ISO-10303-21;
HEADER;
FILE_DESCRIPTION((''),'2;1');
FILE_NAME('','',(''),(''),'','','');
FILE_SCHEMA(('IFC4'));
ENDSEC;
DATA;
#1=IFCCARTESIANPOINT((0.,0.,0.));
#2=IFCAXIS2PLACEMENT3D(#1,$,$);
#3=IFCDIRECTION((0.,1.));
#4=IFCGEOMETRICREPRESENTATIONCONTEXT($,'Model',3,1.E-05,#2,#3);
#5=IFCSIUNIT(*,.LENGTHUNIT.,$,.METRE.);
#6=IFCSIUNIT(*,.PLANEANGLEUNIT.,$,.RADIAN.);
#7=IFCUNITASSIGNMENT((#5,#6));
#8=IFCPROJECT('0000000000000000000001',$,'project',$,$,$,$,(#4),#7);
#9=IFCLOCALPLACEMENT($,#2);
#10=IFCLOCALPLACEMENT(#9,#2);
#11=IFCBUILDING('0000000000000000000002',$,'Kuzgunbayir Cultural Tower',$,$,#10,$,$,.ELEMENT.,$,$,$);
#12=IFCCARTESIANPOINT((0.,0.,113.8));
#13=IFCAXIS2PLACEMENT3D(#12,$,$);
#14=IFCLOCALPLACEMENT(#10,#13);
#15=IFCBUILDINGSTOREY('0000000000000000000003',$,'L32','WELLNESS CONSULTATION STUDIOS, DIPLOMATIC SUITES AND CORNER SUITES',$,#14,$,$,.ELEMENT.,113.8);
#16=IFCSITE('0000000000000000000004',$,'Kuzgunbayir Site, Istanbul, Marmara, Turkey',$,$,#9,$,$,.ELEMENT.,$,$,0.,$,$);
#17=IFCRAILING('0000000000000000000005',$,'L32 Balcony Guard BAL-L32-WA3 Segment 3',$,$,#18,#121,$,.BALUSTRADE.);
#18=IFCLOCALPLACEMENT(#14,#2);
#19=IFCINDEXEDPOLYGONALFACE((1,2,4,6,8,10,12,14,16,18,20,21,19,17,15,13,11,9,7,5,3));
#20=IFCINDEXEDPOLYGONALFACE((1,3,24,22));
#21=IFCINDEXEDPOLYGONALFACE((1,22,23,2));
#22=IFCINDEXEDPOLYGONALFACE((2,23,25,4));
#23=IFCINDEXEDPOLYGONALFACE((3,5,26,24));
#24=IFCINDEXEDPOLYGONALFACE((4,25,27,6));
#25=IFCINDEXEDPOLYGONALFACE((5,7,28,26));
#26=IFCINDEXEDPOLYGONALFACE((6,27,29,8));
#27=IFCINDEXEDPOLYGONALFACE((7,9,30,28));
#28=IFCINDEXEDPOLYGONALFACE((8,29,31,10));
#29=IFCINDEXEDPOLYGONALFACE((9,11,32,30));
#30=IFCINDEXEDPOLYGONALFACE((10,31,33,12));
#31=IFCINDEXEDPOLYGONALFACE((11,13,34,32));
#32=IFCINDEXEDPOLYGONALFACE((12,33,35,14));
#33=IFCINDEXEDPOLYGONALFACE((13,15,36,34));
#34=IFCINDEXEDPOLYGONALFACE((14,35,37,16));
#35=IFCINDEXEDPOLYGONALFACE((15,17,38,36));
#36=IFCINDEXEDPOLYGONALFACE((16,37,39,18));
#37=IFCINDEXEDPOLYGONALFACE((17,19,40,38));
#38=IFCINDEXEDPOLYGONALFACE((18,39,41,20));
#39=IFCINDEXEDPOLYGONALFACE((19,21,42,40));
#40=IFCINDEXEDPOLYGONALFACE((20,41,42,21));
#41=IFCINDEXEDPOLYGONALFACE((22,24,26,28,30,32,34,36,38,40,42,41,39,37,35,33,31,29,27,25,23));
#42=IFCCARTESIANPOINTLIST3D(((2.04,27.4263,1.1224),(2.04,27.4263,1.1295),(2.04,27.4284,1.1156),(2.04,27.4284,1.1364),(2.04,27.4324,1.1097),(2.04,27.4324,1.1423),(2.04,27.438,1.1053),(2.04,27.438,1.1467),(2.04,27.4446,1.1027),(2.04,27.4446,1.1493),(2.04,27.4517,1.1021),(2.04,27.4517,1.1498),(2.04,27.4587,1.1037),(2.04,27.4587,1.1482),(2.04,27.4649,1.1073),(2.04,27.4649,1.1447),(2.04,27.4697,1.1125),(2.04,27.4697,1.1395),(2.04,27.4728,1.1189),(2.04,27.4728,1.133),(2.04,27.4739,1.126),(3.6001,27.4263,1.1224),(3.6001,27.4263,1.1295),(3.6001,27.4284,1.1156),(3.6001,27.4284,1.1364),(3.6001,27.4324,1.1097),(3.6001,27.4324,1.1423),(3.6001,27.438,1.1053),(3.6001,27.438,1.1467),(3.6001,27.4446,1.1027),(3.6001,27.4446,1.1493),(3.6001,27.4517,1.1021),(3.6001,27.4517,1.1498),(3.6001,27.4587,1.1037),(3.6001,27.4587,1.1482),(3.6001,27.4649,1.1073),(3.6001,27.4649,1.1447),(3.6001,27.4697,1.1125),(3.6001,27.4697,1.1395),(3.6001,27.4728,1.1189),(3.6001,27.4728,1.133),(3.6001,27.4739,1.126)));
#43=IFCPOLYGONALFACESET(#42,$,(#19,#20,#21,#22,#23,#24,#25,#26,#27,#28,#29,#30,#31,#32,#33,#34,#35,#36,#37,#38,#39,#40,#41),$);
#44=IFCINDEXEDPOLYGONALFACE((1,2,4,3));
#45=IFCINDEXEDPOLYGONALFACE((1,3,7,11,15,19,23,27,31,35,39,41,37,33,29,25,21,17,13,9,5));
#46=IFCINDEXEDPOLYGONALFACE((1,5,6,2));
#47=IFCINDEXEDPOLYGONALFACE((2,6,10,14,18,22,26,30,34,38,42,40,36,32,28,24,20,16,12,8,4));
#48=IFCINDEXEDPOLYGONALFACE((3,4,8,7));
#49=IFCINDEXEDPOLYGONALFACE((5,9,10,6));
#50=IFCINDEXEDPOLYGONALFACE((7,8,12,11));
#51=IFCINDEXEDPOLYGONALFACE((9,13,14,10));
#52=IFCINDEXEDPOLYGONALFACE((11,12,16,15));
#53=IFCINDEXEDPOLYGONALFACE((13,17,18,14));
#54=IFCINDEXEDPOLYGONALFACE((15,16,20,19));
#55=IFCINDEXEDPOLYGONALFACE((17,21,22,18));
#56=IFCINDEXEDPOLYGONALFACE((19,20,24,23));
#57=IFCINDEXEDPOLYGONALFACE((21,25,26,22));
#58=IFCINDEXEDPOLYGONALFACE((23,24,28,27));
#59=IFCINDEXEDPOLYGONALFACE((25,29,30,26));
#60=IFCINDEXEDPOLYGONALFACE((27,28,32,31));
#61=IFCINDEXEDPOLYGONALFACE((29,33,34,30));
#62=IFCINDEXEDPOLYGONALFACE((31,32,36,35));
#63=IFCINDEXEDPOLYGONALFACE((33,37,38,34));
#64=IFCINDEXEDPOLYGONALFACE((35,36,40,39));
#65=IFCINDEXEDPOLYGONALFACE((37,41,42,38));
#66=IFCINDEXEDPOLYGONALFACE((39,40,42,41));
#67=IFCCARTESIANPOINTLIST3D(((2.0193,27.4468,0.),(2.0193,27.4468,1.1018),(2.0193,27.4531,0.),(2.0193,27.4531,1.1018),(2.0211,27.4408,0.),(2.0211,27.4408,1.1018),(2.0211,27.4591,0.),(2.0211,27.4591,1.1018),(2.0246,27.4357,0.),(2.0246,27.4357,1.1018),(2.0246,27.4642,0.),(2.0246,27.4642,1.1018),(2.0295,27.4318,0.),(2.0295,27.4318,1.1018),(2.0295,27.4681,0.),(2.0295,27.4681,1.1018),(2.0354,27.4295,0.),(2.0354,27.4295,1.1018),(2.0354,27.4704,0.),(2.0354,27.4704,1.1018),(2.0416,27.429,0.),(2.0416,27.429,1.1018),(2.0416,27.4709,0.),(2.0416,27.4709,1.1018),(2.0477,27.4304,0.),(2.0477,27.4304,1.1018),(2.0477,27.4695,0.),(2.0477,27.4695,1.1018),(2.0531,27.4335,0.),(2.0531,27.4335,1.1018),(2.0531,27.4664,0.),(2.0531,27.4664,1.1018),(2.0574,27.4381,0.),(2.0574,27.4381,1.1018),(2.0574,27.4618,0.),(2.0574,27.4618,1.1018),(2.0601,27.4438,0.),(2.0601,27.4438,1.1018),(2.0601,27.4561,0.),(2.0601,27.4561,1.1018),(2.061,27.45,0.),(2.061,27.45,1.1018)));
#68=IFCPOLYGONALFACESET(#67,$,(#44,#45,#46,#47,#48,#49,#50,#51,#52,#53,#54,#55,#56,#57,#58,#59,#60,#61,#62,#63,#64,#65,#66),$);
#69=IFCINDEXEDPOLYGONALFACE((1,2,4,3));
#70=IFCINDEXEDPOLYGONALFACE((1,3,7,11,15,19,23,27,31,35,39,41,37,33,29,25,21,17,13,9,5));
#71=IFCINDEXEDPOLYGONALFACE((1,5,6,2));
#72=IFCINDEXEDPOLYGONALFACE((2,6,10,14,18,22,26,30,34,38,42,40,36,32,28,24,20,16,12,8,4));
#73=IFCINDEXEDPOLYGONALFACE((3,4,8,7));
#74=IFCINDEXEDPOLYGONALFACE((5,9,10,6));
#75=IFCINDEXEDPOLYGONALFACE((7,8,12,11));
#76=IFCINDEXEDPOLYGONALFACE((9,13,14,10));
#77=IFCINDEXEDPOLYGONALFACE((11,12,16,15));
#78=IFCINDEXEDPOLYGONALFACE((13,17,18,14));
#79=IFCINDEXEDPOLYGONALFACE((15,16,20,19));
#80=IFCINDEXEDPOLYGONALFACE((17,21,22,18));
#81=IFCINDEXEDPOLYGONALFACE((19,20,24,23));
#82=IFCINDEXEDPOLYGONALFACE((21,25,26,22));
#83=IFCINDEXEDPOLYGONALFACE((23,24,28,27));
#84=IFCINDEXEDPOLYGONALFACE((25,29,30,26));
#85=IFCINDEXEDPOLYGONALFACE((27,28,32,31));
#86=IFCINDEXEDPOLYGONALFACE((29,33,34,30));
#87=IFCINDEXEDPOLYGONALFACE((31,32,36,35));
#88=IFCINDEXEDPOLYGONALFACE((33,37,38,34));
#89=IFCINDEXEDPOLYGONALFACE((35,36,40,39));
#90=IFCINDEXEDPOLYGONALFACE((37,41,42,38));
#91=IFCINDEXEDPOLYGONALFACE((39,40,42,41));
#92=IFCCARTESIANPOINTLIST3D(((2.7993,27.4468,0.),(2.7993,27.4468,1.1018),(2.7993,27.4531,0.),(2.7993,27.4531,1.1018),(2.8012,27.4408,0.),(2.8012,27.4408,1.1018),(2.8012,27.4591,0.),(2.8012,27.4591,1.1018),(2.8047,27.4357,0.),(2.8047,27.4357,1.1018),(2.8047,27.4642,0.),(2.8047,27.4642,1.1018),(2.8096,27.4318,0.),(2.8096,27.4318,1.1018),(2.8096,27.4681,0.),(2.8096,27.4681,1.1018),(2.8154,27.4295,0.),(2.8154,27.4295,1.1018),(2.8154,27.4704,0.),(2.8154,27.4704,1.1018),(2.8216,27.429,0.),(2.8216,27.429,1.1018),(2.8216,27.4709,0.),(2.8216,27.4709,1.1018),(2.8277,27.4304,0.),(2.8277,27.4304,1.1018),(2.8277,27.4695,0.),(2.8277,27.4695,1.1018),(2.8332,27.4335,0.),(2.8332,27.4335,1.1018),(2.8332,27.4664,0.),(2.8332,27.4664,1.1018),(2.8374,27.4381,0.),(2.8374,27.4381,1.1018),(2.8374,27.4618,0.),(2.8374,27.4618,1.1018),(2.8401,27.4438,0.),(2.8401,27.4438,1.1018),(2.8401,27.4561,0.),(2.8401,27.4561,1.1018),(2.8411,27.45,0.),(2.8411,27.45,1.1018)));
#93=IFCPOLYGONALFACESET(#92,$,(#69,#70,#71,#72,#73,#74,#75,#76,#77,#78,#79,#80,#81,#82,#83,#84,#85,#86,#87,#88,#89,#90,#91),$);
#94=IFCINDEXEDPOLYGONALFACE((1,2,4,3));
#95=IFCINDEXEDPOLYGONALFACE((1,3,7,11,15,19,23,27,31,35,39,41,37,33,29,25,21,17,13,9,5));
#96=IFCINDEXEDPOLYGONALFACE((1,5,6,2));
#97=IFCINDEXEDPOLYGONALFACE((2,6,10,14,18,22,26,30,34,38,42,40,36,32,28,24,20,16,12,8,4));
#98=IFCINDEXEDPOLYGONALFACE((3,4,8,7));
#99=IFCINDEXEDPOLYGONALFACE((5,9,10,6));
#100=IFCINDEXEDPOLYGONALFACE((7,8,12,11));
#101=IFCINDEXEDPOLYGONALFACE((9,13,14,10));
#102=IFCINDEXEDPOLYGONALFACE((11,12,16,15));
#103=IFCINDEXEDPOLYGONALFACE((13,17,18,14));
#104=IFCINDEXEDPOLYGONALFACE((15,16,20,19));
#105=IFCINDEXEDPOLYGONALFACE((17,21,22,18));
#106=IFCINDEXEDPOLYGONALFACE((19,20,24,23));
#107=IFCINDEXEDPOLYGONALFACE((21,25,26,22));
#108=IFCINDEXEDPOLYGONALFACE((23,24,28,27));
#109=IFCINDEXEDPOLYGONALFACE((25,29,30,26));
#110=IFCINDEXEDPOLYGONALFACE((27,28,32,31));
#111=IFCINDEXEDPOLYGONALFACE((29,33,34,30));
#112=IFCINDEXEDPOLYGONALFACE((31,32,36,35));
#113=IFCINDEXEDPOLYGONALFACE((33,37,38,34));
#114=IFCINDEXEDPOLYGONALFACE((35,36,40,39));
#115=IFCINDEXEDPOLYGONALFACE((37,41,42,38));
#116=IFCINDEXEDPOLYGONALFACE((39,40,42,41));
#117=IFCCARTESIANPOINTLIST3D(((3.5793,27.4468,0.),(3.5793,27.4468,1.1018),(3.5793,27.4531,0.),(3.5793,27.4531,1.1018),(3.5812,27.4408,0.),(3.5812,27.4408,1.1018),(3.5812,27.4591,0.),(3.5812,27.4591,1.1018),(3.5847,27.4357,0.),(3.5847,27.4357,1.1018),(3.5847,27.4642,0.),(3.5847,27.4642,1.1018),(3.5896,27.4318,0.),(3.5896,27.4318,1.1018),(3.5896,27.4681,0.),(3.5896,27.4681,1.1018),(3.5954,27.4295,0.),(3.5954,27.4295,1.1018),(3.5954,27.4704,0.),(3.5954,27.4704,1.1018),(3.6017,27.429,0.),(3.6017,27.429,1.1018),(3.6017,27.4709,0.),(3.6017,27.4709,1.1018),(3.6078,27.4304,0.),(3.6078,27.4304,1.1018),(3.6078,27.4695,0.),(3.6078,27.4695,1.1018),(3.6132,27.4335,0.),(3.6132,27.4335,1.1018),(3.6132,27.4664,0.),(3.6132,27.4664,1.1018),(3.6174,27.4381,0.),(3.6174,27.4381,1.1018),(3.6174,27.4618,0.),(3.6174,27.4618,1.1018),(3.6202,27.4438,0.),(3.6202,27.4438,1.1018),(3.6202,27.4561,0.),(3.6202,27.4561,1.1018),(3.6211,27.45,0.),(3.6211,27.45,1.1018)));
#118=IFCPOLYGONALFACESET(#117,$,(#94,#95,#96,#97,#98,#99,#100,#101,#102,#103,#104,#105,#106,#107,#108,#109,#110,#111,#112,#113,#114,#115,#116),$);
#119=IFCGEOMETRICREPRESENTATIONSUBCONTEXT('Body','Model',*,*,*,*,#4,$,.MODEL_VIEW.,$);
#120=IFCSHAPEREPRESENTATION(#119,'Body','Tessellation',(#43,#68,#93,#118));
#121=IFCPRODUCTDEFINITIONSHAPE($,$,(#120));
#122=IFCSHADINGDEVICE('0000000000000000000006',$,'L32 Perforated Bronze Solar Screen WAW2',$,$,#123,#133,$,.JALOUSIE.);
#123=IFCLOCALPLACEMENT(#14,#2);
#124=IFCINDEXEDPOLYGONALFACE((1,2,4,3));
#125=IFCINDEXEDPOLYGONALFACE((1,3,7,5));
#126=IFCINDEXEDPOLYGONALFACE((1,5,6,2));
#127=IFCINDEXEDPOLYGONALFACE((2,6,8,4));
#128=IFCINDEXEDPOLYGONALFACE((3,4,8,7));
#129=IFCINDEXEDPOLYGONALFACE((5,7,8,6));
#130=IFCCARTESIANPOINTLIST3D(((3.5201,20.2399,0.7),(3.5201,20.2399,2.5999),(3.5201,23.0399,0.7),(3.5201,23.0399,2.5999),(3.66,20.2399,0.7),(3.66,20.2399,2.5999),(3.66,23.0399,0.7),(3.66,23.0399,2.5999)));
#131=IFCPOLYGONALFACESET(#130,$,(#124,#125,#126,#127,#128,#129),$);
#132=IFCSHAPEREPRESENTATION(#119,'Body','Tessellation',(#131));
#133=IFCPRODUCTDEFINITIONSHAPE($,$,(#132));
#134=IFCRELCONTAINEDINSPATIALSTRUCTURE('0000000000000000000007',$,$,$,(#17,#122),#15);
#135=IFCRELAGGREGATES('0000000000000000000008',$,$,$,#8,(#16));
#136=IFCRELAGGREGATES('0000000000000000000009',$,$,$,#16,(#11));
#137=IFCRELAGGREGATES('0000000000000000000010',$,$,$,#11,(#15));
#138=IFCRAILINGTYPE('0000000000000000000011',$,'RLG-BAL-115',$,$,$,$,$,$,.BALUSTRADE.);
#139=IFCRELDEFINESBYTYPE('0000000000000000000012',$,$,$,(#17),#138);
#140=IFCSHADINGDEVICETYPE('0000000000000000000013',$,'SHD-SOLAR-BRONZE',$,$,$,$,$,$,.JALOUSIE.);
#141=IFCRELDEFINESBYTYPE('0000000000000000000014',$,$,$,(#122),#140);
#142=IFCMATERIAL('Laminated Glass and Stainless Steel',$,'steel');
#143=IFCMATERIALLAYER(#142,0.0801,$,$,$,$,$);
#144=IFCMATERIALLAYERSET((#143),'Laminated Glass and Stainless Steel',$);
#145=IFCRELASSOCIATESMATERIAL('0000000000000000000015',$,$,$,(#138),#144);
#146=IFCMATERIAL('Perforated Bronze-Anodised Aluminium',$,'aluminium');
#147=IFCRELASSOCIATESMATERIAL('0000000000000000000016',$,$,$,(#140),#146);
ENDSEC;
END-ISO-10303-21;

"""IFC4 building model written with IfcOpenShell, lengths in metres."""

from ifc_helpers import new_model, si_unit, direction, frame, origin, origin_2d, place, context, subcontext, project, spatial, rectangle, circle, extrude, material, layer, layer_set, type_object, element, save


model = new_model("IFC4")

# Units and contexts
model_context = context("Model", 3, precision=1e-05, world=origin(), true_north=direction((0.0, 1.0)))
body_context = subcontext(model_context, "Body", "Model", "MODEL_VIEW")
ifc_project = project(units=[si_unit("LENGTHUNIT", "METRE"), si_unit("PLANEANGLEUNIT", "RADIAN")], contexts=[model_context])

# Site, building, storey
site_placement = place(None, origin())
site = spatial("IfcSite", under=ifc_project, at=site_placement, Name="Kuzgunbayir Site, Istanbul, Marmara, Turkey", CompositionType="ELEMENT", RefElevation=0.0)
building_placement = place(site_placement, origin())
building = spatial("IfcBuilding", under=site, at=building_placement, Name="Kuzgunbayir Cultural Tower", CompositionType="ELEMENT")
storey_placement = place(building_placement, frame((0.0, 0.0, 113.8)))
storey = spatial("IfcBuildingStorey", under=building, at=storey_placement, Name="L32", Description="WELLNESS CONSULTATION STUDIOS, DIPLOMATIC SUITES AND CORNER SUITES", CompositionType="ELEMENT", Elevation=113.8)

# Railing
ifc_material_1 = material(Name="Laminated Glass and Stainless Steel", Category="steel")
ifc_layer_1 = layer(ifc_material_1, 0.0801)
ifc_layer_set_1 = layer_set([ifc_layer_1], Name="Laminated Glass and Stainless Steel")
railing_type = type_object("IfcRailingType", Name="RLG-BAL-115", PredefinedType="BALUSTRADE", material=ifc_layer_set_1)
railing_1_placement = place(storey_placement, frame((2.04, 27.45, 0.0)))
element("IfcRailing", 1, at=railing_1_placement, inside=storey, type_object=railing_type, Name="L32 Balcony Guard BAL-L32-WA3 Segment 3", PredefinedType="BALUSTRADE", context=body_context, shape_type="SweptSolid", body=[
    extrude(circle(Radius=0.0239, at=origin_2d()), frame((0.0, 0.0, 1.126), z_axis=(1.0, 0.0, 0.0), x_axis=(0.0, 1.0, 0.0)), (0.0, 0.0, 1.0), 1.5601),
    extrude(circle(Radius=0.021, at=origin_2d()), origin(), (0.0, 0.0, 1.0), 1.1018),
    extrude(circle(Radius=0.021, at=origin_2d()), frame((0.78, 0.0, 0.0)), (0.0, 0.0, 1.0), 1.1018),
    extrude(circle(Radius=0.021, at=origin_2d()), frame((1.5601, 0.0, 0.0)), (0.0, 0.0, 1.0), 1.1018),
])

# Shading device
ifc_material_2 = material(Name="Perforated Bronze-Anodised Aluminium", Category="aluminium")
shading_device_type = type_object("IfcShadingDeviceType", Name="SHD-SOLAR-BRONZE", PredefinedType="JALOUSIE", material=ifc_material_2)
shading_device_placement = place(storey_placement, frame((3.5901, 21.6399, 0.7), z_axis=(0.0, 0.0, 1.0), x_axis=(1.0, 0.0, 0.0)))
element("IfcShadingDevice", 2, at=shading_device_placement, inside=storey, type_object=shading_device_type, Name="L32 Perforated Bronze Solar Screen WAW2", PredefinedType="JALOUSIE", context=body_context, shape_type="SweptSolid", body=[
    extrude(rectangle(XDim=0.1399, YDim=2.8, at=origin_2d()), origin(), (0.0, 0.0, 1.0), 1.8999),
])

save(model, "model.ifc")
